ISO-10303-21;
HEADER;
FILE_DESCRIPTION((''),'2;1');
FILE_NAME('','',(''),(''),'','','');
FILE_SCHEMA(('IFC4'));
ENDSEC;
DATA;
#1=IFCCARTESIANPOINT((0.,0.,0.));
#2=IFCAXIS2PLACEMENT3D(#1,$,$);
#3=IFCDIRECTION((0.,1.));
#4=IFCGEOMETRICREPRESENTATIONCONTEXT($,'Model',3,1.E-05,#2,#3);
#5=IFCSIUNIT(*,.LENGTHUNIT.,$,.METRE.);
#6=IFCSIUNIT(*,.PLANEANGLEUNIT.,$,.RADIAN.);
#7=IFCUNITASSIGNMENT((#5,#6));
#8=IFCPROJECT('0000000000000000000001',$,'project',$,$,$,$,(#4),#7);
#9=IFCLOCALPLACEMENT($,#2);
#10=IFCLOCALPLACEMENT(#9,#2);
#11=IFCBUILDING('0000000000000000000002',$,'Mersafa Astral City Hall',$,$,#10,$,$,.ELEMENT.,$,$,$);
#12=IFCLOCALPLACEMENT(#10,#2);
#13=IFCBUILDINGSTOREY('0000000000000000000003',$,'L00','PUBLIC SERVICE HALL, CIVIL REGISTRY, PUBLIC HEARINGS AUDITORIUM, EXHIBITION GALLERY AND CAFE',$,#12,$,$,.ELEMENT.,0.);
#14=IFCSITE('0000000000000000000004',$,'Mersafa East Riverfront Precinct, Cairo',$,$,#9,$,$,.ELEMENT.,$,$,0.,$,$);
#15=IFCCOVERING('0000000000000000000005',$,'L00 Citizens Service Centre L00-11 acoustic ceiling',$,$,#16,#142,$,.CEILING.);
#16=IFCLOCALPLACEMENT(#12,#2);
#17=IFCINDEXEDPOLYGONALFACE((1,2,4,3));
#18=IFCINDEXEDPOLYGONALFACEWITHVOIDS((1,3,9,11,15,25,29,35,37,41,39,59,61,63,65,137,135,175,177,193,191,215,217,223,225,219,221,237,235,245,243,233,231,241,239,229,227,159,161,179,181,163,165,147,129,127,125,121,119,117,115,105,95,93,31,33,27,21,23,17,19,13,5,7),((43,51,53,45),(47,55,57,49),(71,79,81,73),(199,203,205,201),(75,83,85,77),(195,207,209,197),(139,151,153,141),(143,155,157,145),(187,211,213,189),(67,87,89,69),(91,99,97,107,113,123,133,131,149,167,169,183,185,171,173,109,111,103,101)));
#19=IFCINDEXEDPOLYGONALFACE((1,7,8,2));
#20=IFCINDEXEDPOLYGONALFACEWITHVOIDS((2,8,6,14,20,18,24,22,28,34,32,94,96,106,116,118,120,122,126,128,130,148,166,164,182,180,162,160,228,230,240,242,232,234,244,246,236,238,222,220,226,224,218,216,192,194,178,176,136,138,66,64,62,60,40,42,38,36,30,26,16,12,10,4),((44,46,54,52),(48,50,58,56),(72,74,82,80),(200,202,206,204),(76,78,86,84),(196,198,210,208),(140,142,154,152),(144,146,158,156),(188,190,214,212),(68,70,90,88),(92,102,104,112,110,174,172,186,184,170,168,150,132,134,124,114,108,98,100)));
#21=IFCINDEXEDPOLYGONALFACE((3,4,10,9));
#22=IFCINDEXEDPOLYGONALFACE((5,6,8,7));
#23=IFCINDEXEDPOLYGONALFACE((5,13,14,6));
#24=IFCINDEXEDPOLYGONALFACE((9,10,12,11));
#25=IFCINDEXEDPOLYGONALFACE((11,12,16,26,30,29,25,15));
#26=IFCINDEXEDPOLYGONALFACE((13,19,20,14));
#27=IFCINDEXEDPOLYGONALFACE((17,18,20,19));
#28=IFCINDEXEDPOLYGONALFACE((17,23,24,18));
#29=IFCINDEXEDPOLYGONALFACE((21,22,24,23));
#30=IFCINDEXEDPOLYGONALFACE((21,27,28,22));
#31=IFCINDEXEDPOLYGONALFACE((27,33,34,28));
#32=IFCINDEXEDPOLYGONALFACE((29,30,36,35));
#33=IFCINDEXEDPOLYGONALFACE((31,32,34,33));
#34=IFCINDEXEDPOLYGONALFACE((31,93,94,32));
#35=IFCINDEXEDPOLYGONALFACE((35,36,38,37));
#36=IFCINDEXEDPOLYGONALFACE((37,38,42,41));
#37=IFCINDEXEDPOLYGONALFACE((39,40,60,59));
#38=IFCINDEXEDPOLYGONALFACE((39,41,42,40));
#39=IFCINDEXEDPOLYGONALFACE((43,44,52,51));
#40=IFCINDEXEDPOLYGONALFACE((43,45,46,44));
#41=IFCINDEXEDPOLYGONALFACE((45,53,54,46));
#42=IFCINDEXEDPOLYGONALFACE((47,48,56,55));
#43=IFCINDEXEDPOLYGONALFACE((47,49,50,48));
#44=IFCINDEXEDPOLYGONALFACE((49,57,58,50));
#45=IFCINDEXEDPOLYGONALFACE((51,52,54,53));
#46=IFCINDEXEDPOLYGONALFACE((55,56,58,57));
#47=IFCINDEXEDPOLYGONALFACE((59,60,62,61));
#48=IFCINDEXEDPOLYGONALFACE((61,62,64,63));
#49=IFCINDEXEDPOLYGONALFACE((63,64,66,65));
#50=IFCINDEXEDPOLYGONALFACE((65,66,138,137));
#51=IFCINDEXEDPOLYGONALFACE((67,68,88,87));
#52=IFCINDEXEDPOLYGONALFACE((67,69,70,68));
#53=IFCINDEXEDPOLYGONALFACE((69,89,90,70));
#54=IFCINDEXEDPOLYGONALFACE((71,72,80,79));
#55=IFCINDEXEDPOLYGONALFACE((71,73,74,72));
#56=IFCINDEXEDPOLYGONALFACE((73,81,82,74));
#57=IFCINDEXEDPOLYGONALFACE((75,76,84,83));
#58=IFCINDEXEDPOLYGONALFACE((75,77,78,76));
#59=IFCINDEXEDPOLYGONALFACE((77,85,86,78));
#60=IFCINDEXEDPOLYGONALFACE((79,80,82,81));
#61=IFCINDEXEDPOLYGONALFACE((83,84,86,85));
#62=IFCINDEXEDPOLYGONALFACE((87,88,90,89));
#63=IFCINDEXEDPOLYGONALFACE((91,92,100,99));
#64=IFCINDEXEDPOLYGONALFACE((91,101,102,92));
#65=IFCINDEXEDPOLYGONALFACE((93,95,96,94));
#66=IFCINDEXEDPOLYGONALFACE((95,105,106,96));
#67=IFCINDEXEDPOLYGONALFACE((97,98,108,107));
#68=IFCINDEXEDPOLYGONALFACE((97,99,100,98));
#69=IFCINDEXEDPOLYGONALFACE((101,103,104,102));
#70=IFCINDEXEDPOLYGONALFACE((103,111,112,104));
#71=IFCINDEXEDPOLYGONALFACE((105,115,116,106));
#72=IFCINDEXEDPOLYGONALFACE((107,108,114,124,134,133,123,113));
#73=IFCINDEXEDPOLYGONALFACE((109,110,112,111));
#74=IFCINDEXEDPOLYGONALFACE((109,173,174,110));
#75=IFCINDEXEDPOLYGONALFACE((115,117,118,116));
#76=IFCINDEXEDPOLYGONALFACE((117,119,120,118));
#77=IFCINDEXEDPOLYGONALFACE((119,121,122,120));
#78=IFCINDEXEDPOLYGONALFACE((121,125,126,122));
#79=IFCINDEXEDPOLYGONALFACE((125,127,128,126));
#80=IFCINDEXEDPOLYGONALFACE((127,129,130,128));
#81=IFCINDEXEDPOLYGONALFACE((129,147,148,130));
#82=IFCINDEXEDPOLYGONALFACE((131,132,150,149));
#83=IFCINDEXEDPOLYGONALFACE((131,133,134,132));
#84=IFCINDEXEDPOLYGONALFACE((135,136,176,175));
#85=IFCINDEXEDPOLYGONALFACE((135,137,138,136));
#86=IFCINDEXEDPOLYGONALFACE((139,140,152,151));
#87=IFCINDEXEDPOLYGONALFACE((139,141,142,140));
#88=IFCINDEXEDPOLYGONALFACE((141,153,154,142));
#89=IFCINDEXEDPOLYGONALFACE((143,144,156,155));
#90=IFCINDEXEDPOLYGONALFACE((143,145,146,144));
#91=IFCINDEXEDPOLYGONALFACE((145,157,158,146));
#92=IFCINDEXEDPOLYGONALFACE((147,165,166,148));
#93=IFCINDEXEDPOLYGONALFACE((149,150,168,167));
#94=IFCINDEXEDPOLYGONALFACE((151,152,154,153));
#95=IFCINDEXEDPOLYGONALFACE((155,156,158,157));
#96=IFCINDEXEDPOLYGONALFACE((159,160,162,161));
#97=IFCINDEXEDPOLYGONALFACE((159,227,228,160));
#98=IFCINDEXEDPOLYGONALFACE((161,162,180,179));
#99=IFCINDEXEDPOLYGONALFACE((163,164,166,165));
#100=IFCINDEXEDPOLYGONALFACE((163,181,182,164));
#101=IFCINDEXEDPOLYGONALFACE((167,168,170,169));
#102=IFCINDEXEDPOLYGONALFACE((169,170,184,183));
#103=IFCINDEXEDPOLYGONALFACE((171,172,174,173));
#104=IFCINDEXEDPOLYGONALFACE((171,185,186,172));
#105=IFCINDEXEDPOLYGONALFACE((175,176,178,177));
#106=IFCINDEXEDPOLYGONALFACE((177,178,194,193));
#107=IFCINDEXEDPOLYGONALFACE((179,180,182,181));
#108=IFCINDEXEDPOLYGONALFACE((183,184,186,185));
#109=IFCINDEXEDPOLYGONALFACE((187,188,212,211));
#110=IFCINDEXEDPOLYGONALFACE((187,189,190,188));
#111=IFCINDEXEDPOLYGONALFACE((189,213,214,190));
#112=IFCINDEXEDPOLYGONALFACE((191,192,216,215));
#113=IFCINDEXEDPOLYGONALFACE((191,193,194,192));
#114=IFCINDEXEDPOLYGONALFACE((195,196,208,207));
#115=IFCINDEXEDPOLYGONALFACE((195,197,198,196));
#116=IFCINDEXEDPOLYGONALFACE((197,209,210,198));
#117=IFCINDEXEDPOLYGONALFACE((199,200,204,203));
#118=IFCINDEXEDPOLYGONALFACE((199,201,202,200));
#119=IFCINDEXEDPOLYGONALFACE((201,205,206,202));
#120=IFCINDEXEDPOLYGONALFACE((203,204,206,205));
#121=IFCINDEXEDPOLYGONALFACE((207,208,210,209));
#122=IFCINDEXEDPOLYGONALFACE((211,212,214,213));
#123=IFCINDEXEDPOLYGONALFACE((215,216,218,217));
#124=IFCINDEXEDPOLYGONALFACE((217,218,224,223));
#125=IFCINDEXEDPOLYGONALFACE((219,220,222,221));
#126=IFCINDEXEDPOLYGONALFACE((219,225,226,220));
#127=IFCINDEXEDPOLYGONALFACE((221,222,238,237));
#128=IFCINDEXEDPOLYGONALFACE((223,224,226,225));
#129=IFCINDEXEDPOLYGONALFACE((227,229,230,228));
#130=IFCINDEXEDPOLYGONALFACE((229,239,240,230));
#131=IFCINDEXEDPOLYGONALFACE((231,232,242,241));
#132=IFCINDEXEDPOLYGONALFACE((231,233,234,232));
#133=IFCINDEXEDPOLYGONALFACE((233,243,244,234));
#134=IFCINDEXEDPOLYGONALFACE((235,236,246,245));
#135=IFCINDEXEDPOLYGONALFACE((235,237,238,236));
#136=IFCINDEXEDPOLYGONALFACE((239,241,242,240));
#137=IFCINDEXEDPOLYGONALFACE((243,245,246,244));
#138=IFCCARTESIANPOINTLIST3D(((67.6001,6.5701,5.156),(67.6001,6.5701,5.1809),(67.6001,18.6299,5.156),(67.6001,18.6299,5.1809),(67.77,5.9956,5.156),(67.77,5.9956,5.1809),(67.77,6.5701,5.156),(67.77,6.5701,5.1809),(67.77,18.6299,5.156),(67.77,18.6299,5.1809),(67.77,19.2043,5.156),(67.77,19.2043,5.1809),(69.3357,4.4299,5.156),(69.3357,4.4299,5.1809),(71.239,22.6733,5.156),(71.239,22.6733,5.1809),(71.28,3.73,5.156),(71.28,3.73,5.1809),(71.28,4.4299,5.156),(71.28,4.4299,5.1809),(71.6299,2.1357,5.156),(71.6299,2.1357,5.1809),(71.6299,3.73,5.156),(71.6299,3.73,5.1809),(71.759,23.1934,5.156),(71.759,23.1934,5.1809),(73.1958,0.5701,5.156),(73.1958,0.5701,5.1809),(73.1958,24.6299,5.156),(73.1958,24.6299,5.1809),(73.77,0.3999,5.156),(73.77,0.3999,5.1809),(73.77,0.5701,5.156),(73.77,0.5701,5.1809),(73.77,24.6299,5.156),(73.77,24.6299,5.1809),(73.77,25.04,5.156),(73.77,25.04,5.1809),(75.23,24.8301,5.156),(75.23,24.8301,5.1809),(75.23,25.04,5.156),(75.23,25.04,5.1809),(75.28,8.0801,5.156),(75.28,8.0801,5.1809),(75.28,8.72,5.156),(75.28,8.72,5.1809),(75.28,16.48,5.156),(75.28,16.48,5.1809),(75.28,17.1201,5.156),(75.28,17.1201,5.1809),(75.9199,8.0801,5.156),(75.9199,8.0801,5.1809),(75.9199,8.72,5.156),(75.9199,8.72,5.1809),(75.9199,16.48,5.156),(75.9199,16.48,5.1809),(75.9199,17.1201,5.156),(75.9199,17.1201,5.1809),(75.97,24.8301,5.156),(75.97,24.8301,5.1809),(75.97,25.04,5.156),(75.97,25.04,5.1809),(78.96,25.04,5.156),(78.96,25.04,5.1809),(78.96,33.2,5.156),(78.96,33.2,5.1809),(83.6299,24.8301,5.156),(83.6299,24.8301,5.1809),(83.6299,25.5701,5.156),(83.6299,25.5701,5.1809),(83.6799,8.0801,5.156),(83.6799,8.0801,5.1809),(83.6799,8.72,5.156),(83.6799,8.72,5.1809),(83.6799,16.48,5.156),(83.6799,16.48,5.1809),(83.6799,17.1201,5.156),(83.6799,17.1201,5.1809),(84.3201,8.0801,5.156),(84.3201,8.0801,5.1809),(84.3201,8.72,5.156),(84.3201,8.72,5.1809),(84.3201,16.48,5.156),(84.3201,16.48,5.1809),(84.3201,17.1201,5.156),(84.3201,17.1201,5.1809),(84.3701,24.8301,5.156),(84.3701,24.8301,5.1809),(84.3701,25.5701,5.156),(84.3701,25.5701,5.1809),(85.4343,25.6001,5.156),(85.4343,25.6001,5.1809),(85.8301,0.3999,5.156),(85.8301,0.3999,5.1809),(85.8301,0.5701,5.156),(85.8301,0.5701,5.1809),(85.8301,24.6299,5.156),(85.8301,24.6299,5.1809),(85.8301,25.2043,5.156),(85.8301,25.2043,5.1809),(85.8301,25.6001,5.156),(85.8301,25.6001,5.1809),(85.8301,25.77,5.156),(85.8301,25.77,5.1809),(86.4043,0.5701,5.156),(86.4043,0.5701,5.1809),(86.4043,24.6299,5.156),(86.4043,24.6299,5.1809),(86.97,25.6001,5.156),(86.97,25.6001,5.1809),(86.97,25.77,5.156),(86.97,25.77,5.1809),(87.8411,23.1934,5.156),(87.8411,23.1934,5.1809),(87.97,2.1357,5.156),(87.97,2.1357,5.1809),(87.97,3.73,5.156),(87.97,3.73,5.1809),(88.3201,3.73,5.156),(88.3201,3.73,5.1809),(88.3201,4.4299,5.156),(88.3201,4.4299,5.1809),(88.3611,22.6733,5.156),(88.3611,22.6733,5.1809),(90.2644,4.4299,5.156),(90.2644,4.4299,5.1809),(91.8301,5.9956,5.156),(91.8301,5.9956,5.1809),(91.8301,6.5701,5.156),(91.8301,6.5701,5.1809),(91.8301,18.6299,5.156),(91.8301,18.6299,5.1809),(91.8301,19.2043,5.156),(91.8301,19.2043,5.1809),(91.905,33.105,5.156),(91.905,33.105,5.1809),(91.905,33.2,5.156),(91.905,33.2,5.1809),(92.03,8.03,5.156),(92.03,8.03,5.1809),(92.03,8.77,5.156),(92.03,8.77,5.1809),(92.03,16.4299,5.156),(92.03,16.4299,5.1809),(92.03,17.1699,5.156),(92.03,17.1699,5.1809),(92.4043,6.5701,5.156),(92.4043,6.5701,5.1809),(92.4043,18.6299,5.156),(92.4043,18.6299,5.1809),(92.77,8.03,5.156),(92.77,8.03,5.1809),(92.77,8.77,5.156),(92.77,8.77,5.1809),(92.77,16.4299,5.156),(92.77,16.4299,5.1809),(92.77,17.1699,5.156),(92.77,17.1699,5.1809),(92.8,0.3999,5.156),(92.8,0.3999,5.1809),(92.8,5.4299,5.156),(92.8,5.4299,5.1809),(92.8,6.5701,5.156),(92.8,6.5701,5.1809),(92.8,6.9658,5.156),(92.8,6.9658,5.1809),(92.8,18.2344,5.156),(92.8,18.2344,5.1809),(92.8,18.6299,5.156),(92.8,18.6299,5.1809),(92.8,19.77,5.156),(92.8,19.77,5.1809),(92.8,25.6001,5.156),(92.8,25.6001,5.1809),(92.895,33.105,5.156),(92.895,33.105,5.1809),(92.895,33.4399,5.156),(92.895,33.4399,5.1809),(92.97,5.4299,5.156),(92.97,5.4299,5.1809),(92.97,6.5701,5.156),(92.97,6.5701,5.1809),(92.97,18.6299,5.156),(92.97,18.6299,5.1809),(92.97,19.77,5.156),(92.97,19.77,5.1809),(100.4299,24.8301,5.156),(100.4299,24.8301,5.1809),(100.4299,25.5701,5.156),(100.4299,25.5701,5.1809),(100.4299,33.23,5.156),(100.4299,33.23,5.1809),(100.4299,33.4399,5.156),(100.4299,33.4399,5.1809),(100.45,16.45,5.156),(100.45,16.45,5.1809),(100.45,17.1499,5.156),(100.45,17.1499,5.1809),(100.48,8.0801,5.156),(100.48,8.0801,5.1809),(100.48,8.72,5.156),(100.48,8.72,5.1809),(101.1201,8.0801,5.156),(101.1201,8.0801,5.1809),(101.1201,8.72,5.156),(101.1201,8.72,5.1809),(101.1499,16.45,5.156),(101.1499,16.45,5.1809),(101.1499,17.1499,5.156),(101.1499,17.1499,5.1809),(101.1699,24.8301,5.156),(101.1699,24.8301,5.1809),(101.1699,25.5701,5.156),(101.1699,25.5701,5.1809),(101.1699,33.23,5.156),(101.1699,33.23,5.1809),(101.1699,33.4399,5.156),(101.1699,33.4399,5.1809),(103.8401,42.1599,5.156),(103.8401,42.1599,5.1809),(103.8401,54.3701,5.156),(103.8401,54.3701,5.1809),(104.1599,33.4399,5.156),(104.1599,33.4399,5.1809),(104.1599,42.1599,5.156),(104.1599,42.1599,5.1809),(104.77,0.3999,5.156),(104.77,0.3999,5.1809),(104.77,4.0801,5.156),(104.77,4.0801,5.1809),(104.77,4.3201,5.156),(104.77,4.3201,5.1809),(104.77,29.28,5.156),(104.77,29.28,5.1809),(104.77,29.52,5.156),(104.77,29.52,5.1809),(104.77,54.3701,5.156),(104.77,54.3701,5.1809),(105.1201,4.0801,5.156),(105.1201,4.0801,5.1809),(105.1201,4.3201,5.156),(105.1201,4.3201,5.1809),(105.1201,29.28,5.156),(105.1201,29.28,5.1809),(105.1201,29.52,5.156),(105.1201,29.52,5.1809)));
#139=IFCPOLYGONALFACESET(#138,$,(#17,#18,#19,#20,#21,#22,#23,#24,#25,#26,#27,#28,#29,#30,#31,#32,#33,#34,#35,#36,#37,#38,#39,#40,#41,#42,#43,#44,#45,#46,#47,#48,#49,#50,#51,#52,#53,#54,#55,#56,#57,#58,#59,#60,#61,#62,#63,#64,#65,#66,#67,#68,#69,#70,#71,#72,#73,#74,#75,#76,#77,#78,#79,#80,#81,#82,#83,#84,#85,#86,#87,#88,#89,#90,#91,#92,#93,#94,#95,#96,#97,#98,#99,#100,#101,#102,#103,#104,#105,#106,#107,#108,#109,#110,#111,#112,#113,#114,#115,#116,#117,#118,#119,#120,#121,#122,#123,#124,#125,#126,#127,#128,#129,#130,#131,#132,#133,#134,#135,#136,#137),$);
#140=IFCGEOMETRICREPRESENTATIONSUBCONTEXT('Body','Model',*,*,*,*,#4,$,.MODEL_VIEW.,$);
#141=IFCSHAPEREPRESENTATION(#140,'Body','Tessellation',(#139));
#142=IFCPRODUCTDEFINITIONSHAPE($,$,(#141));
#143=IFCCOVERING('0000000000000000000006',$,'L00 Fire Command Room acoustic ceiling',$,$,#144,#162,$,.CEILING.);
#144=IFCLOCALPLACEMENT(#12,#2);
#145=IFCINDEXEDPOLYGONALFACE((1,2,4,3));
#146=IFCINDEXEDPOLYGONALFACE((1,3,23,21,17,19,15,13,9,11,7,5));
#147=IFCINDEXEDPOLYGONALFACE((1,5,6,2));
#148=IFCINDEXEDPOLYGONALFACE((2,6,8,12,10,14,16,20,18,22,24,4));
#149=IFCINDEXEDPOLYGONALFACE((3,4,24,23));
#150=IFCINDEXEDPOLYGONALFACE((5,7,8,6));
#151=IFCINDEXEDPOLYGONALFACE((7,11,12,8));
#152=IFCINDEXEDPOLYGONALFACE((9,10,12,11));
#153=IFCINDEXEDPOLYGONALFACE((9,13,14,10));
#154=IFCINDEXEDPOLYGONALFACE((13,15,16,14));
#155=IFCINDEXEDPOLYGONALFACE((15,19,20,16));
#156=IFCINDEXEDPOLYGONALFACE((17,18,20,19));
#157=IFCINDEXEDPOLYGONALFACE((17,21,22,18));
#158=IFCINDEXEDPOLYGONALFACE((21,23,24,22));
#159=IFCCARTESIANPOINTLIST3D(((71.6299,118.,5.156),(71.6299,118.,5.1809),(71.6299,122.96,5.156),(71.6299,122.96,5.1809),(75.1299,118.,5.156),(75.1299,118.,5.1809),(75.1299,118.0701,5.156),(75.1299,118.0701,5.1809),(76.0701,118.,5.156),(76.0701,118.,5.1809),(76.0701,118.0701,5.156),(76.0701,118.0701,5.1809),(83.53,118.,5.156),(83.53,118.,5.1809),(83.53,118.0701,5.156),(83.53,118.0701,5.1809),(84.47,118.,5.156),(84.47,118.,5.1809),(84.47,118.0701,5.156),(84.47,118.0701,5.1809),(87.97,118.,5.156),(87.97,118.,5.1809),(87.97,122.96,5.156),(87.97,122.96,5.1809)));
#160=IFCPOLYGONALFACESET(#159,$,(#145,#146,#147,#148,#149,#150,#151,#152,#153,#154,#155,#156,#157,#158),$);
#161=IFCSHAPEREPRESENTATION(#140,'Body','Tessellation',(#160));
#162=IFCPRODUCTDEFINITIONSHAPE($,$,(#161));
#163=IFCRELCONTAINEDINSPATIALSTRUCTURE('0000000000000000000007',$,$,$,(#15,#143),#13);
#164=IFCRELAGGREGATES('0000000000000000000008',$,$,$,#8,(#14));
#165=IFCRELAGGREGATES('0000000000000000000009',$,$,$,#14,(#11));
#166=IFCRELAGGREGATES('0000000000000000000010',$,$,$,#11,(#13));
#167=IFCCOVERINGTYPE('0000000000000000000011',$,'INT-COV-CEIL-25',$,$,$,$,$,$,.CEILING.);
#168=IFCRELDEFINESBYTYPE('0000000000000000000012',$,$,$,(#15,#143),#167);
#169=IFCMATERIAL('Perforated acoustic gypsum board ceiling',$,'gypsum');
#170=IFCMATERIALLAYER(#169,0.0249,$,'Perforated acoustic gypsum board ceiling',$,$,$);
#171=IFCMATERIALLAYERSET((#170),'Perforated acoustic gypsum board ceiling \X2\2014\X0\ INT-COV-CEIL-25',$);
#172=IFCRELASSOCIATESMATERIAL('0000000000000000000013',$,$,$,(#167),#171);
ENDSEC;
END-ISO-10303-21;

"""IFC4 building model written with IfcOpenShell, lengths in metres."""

from ifc_helpers import new_model, si_unit, direction, frame, origin, place, context, subcontext, project, spatial, polyline, outline, extrude, material, layer, layer_set, type_object, element, save


model = new_model("IFC4")

# Units and contexts
model_context = context("Model", 3, precision=1e-05, world=origin(), true_north=direction((0.0, 1.0)))
body_context = subcontext(model_context, "Body", "Model", "MODEL_VIEW")
ifc_project = project(units=[si_unit("LENGTHUNIT", "METRE"), si_unit("PLANEANGLEUNIT", "RADIAN")], contexts=[model_context])

# Site, building, storey
site_placement = place(None, origin())
site = spatial("IfcSite", under=ifc_project, at=site_placement, Name="Mersafa East Riverfront Precinct, Cairo", CompositionType="ELEMENT", RefElevation=0.0)
building_placement = place(site_placement, origin())
building = spatial("IfcBuilding", under=site, at=building_placement, Name="Mersafa Astral City Hall", CompositionType="ELEMENT")
storey_placement = place(building_placement, origin())
storey = spatial("IfcBuildingStorey", under=building, at=storey_placement, Name="L00", Description="PUBLIC SERVICE HALL, CIVIL REGISTRY, PUBLIC HEARINGS AUDITORIUM, EXHIBITION GALLERY AND CAFE", CompositionType="ELEMENT", Elevation=0.0)

# Coverings
ifc_material_1 = material(Name="Perforated acoustic gypsum board ceiling", Category="gypsum")
ifc_layer_1 = layer(ifc_material_1, 0.0249, Name="Perforated acoustic gypsum board ceiling")
ifc_layer_set_1 = layer_set([ifc_layer_1], Name="Perforated acoustic gypsum board ceiling — INT-COV-CEIL-25")
covering_type_1 = type_object("IfcCoveringType", Name="INT-COV-CEIL-25", PredefinedType="CEILING", material=ifc_layer_set_1)
covering_1_placement = place(storey_placement, frame((0.0, 0.0, 5.156)))
element("IfcCovering", 1, at=covering_1_placement, inside=storey, type_object=covering_type_1, Name="L00 Citizens Service Centre L00-11 acoustic ceiling", PredefinedType="CEILING", context=body_context, shape_type="SweptSolid", body=[
    extrude(outline(polyline([(87.97, 3.73), (87.97, 2.1357), (86.4043, 0.5701), (85.8301, 0.5701), (85.8301, 0.3999), (73.77, 0.3999), (73.77, 0.5701), (73.1958, 0.5701), (71.6299, 2.1357), (71.6299, 3.73), (71.28, 3.73), (71.28, 4.4299), (69.3357, 4.4299), (67.77, 5.9956), (67.77, 6.5701), (67.6001, 6.5701), (67.6001, 18.6299), (67.77, 18.6299), (67.77, 19.2043), (71.239, 22.6733), (71.759, 23.1934), (73.1958, 24.6299), (73.77, 24.6299), (73.77, 25.04), (75.23, 25.04), (75.23, 24.8301), (75.97, 24.8301), (75.97, 25.04), (78.96, 25.04), (78.96, 33.2), (91.905, 33.2), (91.905, 33.105), (92.895, 33.105), (92.895, 33.4399), (100.4299, 33.4399), (100.4299, 33.23), (101.1699, 33.23), (101.1699, 33.4399), (104.1599, 33.4399), (104.1599, 42.1599), (103.8401, 42.1599), (103.8401, 54.3701), (104.77, 54.3701), (104.77, 29.52), (105.1201, 29.52), (105.1201, 29.28), (104.77, 29.28), (104.77, 4.3201), (105.1201, 4.3201), (105.1201, 4.0801), (104.77, 4.0801), (104.77, 0.3999), (92.8, 0.3999), (92.8, 5.4299), (92.97, 5.4299), (92.97, 6.5701), (92.8, 6.5701), (92.8, 6.9658), (92.4043, 6.5701), (91.8301, 6.5701), (91.8301, 5.9956), (90.2644, 4.4299), (88.3201, 4.4299), (88.3201, 3.73), (87.97, 3.73)]), holes=[polyline([(100.4299, 24.8301), (101.1699, 24.8301), (101.1699, 25.5701), (100.4299, 25.5701), (100.4299, 24.8301)]), polyline([(100.45, 16.45), (101.1499, 16.45), (101.1499, 17.1499), (100.45, 17.1499), (100.45, 16.45)]), polyline([(101.1201, 8.0801), (101.1201, 8.72), (100.48, 8.72), (100.48, 8.0801), (101.1201, 8.0801)]), polyline([(86.97, 25.77), (85.8301, 25.77), (85.8301, 25.6001), (85.4343, 25.6001), (85.8301, 25.2043), (85.8301, 24.6299), (86.4043, 24.6299), (87.8411, 23.1934), (88.3611, 22.6733), (91.8301, 19.2043), (91.8301, 18.6299), (92.4043, 18.6299), (92.8, 18.2344), (92.8, 18.6299), (92.97, 18.6299), (92.97, 19.77), (92.8, 19.77), (92.8, 25.6001), (86.97, 25.6001), (86.97, 25.77)]), polyline([(92.03, 8.03), (92.77, 8.03), (92.77, 8.77), (92.03, 8.77), (92.03, 8.03)]), polyline([(92.03, 16.4299), (92.77, 16.4299), (92.77, 17.1699), (92.03, 17.1699), (92.03, 16.4299)]), polyline([(83.6299, 24.8301), (84.3701, 24.8301), (84.3701, 25.5701), (83.6299, 25.5701), (83.6299, 24.8301)]), polyline([(83.6799, 8.0801), (84.3201, 8.0801), (84.3201, 8.72), (83.6799, 8.72), (83.6799, 8.0801)]), polyline([(83.6799, 16.48), (84.3201, 16.48), (84.3201, 17.1201), (83.6799, 17.1201), (83.6799, 16.48)]), polyline([(75.28, 8.0801), (75.9199, 8.0801), (75.9199, 8.72), (75.28, 8.72), (75.28, 8.0801)]), polyline([(75.28, 16.48), (75.9199, 16.48), (75.9199, 17.1201), (75.28, 17.1201), (75.28, 16.48)])]), origin(), (0.0, 0.0, 1.0), 0.0249),
])
covering_2_placement = place(storey_placement, frame((0.0, 0.0, 5.156)))
element("IfcCovering", 2, at=covering_2_placement, inside=storey, type_object=covering_type_1, Name="L00 Fire Command Room acoustic ceiling", PredefinedType="CEILING", context=body_context, shape_type="SweptSolid", body=[
    extrude(outline(polyline([(87.97, 122.96), (87.97, 118.0), (84.47, 118.0), (84.47, 118.0701), (83.53, 118.0701), (83.53, 118.0), (76.0701, 118.0), (76.0701, 118.0701), (75.1299, 118.0701), (75.1299, 118.0), (71.6299, 118.0), (71.6299, 122.96), (87.97, 122.96)])), origin(), (0.0, 0.0, 1.0), 0.0249),
])

save(model, "model.ifc")
